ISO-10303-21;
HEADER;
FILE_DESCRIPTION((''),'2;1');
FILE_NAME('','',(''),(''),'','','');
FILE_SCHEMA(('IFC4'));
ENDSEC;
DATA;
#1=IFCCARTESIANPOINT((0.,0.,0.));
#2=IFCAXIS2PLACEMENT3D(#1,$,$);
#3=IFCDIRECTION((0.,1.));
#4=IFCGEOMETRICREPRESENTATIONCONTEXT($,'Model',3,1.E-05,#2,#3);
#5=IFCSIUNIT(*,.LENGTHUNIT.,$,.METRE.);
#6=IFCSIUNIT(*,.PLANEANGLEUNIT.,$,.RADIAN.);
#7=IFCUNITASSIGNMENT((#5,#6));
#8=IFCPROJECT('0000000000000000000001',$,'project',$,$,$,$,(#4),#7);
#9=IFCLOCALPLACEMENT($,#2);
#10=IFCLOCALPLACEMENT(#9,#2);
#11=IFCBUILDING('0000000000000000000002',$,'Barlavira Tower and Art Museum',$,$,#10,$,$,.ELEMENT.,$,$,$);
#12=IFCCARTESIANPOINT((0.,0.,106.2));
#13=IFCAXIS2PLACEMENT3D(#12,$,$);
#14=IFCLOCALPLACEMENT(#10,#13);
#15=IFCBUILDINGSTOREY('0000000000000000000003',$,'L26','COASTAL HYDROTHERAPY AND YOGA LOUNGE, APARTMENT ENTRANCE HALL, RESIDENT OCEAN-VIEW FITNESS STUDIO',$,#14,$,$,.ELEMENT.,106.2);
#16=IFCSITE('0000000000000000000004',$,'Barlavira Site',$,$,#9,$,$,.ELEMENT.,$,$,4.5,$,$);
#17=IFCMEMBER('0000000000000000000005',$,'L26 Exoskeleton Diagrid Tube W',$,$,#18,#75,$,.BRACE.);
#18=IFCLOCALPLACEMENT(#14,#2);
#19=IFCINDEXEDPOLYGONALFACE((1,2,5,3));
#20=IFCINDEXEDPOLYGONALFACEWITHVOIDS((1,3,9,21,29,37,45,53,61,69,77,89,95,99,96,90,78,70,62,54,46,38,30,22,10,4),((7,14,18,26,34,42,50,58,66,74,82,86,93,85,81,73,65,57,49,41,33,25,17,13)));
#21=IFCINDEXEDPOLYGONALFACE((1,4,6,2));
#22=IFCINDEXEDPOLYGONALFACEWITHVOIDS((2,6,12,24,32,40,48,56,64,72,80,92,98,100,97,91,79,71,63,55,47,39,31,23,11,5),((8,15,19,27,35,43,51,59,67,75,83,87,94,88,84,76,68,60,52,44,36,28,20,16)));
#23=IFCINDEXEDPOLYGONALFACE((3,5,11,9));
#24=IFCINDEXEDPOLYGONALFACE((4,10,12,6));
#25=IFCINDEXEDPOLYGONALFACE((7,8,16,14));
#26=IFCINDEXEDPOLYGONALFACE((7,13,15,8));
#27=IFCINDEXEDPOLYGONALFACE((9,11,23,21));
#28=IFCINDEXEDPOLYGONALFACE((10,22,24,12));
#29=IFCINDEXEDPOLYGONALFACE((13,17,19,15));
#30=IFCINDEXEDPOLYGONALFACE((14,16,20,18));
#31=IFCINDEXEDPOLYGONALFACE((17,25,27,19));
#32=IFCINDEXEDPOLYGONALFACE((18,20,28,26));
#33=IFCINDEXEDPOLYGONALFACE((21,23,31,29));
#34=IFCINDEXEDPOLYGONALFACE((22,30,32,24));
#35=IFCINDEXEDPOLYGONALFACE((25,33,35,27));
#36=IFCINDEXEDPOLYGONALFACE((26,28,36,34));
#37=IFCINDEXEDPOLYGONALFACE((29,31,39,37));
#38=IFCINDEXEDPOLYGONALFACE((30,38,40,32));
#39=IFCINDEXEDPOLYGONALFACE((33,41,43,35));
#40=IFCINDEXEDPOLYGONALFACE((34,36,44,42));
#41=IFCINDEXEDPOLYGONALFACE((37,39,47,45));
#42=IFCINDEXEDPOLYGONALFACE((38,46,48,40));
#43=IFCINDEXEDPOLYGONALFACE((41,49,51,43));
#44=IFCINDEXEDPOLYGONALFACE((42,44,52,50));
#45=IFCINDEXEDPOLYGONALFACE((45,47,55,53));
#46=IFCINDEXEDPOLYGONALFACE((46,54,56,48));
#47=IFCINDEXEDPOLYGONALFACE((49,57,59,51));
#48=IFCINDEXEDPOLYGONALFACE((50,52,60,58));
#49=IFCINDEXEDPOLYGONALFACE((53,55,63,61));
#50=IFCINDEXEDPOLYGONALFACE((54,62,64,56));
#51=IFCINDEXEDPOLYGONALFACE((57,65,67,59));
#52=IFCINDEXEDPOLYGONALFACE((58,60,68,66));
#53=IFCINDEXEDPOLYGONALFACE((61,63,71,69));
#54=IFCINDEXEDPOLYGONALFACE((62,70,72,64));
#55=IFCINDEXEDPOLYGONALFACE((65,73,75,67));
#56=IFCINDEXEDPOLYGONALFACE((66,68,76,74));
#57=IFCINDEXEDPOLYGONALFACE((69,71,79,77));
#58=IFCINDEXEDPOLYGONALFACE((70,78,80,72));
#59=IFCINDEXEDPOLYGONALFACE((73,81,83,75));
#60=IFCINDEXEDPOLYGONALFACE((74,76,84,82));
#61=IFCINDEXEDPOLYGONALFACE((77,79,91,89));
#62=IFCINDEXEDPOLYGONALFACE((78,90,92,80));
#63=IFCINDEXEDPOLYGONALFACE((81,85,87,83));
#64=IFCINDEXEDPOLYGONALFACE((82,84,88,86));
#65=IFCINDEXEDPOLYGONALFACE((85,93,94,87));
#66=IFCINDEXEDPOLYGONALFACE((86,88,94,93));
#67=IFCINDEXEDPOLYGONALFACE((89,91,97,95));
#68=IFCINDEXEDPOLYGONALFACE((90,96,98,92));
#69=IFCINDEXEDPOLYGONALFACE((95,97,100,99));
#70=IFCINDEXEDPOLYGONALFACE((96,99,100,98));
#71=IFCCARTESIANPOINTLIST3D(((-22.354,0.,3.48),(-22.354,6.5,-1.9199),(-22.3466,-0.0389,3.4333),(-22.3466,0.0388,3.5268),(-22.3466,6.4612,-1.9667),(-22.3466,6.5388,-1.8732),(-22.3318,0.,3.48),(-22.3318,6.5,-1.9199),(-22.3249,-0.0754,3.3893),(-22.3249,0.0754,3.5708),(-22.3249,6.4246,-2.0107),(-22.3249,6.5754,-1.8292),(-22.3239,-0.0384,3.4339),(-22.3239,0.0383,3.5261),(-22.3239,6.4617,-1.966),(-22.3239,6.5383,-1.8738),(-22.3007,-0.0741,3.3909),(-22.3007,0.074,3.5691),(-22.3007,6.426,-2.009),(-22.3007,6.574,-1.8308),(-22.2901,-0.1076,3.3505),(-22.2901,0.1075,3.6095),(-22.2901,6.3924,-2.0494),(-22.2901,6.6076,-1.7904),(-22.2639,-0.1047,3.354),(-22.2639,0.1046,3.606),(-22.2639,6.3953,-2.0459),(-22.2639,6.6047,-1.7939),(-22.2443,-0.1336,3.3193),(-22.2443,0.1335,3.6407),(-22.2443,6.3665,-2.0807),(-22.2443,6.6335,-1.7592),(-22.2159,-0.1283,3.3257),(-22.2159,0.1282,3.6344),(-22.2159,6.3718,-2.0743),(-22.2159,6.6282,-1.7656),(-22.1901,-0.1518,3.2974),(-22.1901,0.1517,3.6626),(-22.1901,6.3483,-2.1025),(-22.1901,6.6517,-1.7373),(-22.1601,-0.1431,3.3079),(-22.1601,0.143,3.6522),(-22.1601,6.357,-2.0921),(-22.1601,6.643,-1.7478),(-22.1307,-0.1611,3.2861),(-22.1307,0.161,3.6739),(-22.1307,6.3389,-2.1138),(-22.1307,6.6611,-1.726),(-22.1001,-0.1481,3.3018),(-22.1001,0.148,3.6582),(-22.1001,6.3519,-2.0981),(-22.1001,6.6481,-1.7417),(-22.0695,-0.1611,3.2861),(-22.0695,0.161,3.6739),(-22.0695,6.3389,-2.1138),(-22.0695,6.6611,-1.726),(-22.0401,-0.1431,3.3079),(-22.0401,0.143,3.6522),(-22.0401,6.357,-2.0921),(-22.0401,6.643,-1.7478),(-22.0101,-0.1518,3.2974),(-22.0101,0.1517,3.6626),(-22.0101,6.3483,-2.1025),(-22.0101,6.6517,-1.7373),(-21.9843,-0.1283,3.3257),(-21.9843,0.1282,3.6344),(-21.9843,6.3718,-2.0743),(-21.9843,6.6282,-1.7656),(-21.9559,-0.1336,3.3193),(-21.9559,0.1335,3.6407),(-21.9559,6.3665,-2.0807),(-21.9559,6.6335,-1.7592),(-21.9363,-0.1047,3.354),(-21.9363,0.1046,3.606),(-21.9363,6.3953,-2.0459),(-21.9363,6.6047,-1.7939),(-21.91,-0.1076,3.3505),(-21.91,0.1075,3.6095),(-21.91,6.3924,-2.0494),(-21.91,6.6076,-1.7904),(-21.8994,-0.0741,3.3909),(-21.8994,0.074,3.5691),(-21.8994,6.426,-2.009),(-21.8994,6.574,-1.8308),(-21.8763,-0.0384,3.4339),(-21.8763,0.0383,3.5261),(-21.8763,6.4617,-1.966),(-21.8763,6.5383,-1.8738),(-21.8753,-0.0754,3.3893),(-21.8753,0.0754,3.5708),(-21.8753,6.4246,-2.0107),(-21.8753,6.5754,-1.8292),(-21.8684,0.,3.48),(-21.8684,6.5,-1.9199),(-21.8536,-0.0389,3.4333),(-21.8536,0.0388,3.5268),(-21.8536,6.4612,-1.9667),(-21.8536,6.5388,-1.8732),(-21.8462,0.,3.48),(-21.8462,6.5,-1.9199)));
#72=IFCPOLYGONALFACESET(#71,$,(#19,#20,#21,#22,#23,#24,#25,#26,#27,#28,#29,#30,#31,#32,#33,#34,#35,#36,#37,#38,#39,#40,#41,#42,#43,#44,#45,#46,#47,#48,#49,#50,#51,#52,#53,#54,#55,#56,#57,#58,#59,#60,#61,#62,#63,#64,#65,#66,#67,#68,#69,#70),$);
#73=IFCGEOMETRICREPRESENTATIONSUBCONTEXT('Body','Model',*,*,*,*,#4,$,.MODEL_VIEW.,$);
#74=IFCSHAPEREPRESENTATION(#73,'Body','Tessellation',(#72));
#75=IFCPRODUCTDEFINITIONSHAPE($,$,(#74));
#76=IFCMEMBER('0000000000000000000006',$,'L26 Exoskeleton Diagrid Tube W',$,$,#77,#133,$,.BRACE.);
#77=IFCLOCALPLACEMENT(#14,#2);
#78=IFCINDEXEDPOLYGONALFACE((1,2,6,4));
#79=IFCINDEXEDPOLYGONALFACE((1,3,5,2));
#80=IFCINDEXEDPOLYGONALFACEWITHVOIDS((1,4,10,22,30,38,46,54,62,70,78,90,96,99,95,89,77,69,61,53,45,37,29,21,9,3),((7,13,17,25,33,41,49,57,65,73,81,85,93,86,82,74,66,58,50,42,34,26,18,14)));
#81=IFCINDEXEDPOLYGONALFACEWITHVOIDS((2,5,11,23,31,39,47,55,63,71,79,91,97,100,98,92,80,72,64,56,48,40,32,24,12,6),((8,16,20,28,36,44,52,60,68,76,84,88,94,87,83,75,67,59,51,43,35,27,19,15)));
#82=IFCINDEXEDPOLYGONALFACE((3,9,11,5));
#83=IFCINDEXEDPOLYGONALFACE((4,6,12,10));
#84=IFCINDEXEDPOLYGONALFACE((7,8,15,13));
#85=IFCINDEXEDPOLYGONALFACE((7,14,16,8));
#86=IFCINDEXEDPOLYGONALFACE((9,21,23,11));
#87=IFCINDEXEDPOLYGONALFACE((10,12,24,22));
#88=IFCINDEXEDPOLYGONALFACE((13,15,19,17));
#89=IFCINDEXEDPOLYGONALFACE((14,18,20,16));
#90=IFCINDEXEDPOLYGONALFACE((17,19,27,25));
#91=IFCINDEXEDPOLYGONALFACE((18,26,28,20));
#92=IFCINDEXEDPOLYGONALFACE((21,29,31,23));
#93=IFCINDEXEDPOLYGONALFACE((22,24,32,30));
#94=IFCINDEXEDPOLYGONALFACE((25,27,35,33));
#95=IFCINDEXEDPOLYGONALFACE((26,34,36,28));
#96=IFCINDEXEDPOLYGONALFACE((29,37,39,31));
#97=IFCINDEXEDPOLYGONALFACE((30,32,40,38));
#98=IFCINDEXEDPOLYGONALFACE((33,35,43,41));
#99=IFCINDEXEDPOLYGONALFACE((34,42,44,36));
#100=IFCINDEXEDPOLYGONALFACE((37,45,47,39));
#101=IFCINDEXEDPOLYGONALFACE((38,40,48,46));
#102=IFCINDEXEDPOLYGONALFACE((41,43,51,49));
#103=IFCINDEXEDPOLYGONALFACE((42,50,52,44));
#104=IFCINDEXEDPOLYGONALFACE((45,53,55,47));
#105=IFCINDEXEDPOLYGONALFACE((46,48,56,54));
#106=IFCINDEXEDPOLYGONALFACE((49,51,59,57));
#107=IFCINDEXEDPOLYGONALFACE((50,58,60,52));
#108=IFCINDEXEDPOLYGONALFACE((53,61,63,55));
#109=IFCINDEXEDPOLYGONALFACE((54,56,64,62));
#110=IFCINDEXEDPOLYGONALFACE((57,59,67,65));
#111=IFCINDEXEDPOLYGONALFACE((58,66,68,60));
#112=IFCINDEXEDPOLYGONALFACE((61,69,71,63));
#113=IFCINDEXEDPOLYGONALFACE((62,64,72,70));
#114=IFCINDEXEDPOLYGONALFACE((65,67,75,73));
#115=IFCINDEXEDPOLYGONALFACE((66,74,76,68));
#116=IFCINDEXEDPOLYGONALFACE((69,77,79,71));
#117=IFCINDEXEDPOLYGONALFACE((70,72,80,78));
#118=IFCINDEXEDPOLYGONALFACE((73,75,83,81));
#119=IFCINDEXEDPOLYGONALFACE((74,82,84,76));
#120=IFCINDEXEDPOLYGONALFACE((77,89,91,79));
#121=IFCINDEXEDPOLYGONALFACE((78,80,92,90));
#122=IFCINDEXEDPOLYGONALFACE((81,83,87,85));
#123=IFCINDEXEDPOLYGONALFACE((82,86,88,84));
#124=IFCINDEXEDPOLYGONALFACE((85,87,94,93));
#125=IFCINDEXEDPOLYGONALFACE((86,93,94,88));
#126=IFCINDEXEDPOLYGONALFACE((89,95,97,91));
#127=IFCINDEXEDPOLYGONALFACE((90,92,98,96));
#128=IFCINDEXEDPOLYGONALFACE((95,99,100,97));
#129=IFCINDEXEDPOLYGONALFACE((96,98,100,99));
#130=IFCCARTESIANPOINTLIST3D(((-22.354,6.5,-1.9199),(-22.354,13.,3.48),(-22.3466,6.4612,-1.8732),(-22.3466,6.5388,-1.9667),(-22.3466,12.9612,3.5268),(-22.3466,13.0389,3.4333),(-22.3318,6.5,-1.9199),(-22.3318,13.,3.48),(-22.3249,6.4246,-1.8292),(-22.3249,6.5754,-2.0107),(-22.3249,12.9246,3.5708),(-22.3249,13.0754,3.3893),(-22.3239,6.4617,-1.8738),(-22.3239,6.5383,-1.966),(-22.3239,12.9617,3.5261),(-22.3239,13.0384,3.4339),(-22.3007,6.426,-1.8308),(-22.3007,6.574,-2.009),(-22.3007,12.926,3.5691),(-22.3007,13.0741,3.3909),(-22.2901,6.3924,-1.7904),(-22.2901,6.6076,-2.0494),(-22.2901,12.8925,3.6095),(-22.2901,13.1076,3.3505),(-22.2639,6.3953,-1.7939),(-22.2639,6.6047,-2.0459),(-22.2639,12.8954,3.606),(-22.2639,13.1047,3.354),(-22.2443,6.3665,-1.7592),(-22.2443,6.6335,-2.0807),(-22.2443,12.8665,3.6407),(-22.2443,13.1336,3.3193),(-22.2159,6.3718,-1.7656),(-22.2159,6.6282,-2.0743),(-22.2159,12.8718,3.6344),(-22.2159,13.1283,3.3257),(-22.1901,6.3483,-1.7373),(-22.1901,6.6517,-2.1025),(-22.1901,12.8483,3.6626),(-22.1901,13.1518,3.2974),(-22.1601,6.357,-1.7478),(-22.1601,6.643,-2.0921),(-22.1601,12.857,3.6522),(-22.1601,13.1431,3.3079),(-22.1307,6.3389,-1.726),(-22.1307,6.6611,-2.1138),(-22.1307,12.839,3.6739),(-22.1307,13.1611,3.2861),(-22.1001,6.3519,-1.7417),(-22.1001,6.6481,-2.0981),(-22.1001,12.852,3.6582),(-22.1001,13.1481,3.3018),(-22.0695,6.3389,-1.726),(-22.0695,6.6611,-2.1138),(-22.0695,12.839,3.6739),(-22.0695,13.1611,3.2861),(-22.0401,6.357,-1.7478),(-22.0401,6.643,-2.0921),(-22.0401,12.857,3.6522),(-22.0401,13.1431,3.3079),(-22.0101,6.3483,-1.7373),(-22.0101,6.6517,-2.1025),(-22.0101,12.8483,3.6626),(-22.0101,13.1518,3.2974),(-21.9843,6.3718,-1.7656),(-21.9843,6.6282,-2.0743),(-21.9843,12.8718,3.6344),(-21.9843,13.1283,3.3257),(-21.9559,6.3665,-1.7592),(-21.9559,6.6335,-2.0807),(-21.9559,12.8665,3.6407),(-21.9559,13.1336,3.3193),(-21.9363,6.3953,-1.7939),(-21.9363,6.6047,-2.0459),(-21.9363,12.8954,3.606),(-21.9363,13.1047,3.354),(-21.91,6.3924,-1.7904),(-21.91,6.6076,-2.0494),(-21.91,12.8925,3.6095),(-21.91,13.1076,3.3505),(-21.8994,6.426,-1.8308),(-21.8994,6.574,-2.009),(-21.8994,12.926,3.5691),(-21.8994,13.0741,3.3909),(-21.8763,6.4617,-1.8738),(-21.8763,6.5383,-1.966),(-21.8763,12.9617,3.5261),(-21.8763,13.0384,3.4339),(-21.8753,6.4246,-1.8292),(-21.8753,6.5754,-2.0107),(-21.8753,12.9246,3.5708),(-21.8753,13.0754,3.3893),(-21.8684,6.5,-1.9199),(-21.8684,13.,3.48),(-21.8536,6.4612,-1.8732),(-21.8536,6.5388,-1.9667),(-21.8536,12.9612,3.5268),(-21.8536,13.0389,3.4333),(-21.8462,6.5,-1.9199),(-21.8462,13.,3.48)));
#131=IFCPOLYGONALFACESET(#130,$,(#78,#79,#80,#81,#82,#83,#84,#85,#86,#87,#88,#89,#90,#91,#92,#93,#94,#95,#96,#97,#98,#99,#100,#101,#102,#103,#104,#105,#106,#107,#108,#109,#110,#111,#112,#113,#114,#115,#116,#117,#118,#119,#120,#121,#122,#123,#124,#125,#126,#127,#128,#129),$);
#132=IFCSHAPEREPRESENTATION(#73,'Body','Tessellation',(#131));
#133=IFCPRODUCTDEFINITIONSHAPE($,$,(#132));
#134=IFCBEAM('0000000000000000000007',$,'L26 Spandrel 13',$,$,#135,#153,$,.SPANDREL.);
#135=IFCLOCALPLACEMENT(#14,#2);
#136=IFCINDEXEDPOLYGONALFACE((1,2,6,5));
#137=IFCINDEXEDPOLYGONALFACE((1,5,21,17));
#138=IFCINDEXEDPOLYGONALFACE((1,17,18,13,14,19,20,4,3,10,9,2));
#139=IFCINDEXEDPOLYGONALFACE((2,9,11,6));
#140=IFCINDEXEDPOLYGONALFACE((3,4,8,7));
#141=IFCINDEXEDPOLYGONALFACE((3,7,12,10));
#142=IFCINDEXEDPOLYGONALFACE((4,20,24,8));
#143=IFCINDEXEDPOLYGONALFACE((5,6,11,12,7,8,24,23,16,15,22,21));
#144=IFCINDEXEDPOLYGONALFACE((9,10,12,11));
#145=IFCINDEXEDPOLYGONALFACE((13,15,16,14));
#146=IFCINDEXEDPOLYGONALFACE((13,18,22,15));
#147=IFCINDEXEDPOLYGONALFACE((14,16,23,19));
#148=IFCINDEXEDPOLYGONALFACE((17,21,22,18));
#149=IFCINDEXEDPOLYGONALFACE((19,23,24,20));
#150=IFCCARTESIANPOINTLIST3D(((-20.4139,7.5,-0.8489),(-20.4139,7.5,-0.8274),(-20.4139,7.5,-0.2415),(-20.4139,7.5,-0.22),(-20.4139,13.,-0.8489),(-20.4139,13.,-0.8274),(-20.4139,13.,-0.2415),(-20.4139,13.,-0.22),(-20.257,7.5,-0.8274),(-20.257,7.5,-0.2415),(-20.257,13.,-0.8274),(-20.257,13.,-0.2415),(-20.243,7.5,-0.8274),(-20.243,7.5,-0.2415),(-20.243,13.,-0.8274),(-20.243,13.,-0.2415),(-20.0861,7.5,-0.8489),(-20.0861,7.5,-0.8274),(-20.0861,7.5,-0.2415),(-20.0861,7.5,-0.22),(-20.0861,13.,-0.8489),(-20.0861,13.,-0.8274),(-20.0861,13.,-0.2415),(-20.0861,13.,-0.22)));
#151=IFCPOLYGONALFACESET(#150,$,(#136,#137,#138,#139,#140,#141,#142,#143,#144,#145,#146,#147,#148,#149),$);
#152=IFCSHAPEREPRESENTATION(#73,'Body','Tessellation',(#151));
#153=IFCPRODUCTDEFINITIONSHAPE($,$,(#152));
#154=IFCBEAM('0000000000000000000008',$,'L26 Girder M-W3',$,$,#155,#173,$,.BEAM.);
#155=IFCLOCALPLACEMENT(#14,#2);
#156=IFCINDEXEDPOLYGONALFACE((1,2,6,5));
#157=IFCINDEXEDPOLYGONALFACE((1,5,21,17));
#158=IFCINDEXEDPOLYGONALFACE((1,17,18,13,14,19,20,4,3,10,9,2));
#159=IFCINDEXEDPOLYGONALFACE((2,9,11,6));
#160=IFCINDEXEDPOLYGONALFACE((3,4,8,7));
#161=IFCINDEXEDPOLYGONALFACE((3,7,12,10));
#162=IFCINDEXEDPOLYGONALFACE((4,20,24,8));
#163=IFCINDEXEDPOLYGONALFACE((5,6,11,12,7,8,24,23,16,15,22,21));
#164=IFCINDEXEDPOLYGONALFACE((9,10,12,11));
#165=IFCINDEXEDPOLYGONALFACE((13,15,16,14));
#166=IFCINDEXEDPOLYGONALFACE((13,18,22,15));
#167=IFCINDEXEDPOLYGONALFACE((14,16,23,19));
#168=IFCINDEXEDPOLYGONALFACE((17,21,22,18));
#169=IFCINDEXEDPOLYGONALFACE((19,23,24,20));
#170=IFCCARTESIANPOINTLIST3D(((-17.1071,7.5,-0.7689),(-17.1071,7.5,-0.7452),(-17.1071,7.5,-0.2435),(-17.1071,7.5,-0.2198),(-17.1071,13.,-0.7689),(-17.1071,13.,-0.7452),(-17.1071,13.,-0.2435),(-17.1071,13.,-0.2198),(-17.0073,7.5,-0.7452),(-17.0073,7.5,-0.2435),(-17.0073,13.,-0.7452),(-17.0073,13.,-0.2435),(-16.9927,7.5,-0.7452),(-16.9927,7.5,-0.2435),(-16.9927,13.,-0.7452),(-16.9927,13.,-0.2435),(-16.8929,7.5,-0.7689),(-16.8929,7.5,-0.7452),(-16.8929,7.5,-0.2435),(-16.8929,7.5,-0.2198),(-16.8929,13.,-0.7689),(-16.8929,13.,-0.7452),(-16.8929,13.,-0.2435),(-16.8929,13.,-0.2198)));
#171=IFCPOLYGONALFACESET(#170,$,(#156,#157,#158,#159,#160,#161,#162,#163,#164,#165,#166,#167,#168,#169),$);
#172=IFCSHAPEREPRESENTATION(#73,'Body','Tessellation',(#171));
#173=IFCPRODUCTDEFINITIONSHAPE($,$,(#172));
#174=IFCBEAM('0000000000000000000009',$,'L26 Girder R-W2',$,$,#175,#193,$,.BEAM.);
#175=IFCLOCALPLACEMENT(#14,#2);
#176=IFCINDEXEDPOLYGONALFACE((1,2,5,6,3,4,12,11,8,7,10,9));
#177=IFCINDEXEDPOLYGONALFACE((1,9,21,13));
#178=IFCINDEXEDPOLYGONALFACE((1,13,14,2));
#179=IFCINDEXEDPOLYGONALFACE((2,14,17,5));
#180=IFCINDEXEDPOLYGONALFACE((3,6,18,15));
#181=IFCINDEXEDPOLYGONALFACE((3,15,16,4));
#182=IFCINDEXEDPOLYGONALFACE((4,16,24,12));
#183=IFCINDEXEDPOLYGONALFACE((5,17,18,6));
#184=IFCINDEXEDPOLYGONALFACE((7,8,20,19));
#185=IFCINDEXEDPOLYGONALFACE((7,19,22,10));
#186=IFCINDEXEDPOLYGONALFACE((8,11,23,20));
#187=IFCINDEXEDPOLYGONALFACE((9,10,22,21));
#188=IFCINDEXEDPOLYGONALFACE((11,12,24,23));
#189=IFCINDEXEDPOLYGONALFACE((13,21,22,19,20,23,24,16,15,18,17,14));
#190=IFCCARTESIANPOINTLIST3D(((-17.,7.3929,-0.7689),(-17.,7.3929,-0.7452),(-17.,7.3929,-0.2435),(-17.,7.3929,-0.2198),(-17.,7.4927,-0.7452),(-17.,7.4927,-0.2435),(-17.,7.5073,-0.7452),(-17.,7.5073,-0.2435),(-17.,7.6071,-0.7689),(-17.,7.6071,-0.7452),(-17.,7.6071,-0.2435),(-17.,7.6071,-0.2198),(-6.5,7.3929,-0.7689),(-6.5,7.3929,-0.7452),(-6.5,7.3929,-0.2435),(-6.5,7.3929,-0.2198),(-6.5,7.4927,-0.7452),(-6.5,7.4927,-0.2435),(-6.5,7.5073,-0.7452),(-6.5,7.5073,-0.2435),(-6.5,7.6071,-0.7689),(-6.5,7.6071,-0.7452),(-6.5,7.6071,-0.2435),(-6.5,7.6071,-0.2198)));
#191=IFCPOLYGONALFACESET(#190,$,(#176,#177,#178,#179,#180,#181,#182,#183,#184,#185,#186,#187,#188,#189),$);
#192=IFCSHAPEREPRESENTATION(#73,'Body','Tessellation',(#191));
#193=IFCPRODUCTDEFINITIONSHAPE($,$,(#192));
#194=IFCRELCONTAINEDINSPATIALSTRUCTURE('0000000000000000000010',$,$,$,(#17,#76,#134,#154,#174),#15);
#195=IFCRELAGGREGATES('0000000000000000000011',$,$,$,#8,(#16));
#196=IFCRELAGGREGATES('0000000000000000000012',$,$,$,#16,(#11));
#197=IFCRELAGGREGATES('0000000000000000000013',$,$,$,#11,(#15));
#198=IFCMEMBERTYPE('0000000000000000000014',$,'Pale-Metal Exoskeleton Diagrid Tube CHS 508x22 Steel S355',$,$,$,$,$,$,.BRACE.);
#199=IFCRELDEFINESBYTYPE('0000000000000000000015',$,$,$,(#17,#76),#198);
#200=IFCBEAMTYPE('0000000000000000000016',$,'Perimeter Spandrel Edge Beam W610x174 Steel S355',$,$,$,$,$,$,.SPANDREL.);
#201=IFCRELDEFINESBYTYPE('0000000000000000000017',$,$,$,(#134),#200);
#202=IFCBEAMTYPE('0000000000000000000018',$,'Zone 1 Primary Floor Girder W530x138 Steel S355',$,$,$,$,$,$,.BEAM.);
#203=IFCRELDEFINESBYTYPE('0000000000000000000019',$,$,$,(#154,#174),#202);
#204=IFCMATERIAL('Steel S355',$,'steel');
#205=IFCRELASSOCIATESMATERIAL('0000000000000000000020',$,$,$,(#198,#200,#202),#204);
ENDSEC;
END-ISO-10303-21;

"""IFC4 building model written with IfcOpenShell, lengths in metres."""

from ifc_helpers import new_model, si_unit, direction, frame, origin, origin_2d, place, context, subcontext, project, spatial, hollow_circle, i_section, extrude, material, material_profile, profile_set, type_object, element, save


model = new_model("IFC4")

# Units and contexts
model_context = context("Model", 3, precision=1e-05, world=origin(), true_north=direction((0.0, 1.0)))
body_context = subcontext(model_context, "Body", "Model", "MODEL_VIEW")
ifc_project = project(units=[si_unit("LENGTHUNIT", "METRE"), si_unit("PLANEANGLEUNIT", "RADIAN")], contexts=[model_context])

# Site, building, storey
site_placement = place(None, origin())
site = spatial("IfcSite", under=ifc_project, at=site_placement, Name="Barlavira Site", CompositionType="ELEMENT", RefElevation=4.5)
building_placement = place(site_placement, origin())
building = spatial("IfcBuilding", under=site, at=building_placement, Name="Barlavira Tower and Art Museum", CompositionType="ELEMENT")
storey_placement = place(building_placement, frame((0.0, 0.0, 106.2)))
storey = spatial("IfcBuildingStorey", under=building, at=storey_placement, Name="L26", Description="COASTAL HYDROTHERAPY AND YOGA LOUNGE, APARTMENT ENTRANCE HALL, RESIDENT OCEAN-VIEW FITNESS STUDIO", CompositionType="ELEMENT", Elevation=106.2)

# Members
ifc_material_1 = material(Name="Steel S355", Category="steel")
ifc_material_profile_1 = material_profile(ifc_material_1, hollow_circle(Radius=0.2539, WallThickness=0.0222, at=origin_2d()), Name="CHS 508.0x22.2")
ifc_profile_set_1 = profile_set([ifc_material_profile_1], Name="Steel S355")
member_type_1 = type_object("IfcMemberType", Name="Pale-Metal Exoskeleton Diagrid Tube CHS 508x22 Steel S355", PredefinedType="BRACE", material=ifc_profile_set_1)
for number, where, z_axis, x_axis, name in (
    (1, (-22.1001, 6.5, -1.9199), (0.0, -0.769196, 0.639013), (1.0, 0.0, 0.0), "L26 Exoskeleton Diagrid Tube W"),
    (2, (-22.1001, 6.5, -1.9199), (0.0, 0.769196, 0.639013), (-1.0, 0.0, 0.0), "L26 Exoskeleton Diagrid Tube W"),
):
    element("IfcMember", number, at=place(storey_placement, frame(where, z_axis=z_axis, x_axis=x_axis)), inside=storey, type_object=member_type_1, Name=name, PredefinedType="BRACE", context=body_context, shape_type="SweptSolid", body=[
        extrude(hollow_circle(Radius=0.2539, WallThickness=0.0222, at=origin_2d()), origin(), (0.0, 0.0, 1.0), 8.4504),
    ])

# Beams
ifc_material_profile_2 = material_profile(ifc_material_1, i_section(OverallWidth=0.3279, OverallDepth=0.6289, WebThickness=0.0139, FlangeThickness=0.0215, at=origin_2d()), Name="W610x174.0")
ifc_profile_set_2 = profile_set([ifc_material_profile_2], Name="Steel S355")
beam_type_1 = type_object("IfcBeamType", Name="Perimeter Spandrel Edge Beam W610x174 Steel S355", PredefinedType="SPANDREL", material=ifc_profile_set_2)
beam_1_placement = place(storey_placement, frame((-20.25, 7.5, -0.5344), z_axis=(0.0, 1.0, 0.0), x_axis=(-1.0, 0.0, 0.0)))
element("IfcBeam", 3, at=beam_1_placement, inside=storey, type_object=beam_type_1, Name="L26 Spandrel 13", PredefinedType="SPANDREL", context=body_context, shape_type="SweptSolid", body=[
    extrude(i_section(OverallWidth=0.3279, OverallDepth=0.6289, WebThickness=0.0139, FlangeThickness=0.0215, at=origin_2d()), origin(), (0.0, 0.0, 1.0), 5.5),
])
ifc_material_profile_3 = material_profile(ifc_material_1, i_section(OverallWidth=0.2141, OverallDepth=0.5491, WebThickness=0.0146, FlangeThickness=0.0237, at=origin_2d()), Name="W530x138.0")
ifc_profile_set_3 = profile_set([ifc_material_profile_3], Name="Steel S355")
beam_type_2 = type_object("IfcBeamType", Name="Zone 1 Primary Floor Girder W530x138 Steel S355", PredefinedType="BEAM", material=ifc_profile_set_3)
beam_2_placement = place(storey_placement, frame((-17.0, 7.5, -0.4944), z_axis=(0.0, 1.0, 0.0), x_axis=(-1.0, 0.0, 0.0)))
element("IfcBeam", 4, at=beam_2_placement, inside=storey, type_object=beam_type_2, Name="L26 Girder M-W3", PredefinedType="BEAM", context=body_context, shape_type="SweptSolid", body=[
    extrude(i_section(OverallWidth=0.2141, OverallDepth=0.5491, WebThickness=0.0146, FlangeThickness=0.0237, at=origin_2d()), origin(), (0.0, 0.0, 1.0), 5.5),
])
beam_3_placement = place(storey_placement, frame((-17.0, 7.5, -0.4944), z_axis=(1.0, 0.0, 0.0), x_axis=(0.0, 1.0, 0.0)))
element("IfcBeam", 5, at=beam_3_placement, inside=storey, type_object=beam_type_2, Name="L26 Girder R-W2", PredefinedType="BEAM", context=body_context, shape_type="SweptSolid", body=[
    extrude(i_section(OverallWidth=0.2141, OverallDepth=0.5491, WebThickness=0.0146, FlangeThickness=0.0237, at=origin_2d()), origin(), (0.0, 0.0, 1.0), 10.5),
])

save(model, "model.ifc")
